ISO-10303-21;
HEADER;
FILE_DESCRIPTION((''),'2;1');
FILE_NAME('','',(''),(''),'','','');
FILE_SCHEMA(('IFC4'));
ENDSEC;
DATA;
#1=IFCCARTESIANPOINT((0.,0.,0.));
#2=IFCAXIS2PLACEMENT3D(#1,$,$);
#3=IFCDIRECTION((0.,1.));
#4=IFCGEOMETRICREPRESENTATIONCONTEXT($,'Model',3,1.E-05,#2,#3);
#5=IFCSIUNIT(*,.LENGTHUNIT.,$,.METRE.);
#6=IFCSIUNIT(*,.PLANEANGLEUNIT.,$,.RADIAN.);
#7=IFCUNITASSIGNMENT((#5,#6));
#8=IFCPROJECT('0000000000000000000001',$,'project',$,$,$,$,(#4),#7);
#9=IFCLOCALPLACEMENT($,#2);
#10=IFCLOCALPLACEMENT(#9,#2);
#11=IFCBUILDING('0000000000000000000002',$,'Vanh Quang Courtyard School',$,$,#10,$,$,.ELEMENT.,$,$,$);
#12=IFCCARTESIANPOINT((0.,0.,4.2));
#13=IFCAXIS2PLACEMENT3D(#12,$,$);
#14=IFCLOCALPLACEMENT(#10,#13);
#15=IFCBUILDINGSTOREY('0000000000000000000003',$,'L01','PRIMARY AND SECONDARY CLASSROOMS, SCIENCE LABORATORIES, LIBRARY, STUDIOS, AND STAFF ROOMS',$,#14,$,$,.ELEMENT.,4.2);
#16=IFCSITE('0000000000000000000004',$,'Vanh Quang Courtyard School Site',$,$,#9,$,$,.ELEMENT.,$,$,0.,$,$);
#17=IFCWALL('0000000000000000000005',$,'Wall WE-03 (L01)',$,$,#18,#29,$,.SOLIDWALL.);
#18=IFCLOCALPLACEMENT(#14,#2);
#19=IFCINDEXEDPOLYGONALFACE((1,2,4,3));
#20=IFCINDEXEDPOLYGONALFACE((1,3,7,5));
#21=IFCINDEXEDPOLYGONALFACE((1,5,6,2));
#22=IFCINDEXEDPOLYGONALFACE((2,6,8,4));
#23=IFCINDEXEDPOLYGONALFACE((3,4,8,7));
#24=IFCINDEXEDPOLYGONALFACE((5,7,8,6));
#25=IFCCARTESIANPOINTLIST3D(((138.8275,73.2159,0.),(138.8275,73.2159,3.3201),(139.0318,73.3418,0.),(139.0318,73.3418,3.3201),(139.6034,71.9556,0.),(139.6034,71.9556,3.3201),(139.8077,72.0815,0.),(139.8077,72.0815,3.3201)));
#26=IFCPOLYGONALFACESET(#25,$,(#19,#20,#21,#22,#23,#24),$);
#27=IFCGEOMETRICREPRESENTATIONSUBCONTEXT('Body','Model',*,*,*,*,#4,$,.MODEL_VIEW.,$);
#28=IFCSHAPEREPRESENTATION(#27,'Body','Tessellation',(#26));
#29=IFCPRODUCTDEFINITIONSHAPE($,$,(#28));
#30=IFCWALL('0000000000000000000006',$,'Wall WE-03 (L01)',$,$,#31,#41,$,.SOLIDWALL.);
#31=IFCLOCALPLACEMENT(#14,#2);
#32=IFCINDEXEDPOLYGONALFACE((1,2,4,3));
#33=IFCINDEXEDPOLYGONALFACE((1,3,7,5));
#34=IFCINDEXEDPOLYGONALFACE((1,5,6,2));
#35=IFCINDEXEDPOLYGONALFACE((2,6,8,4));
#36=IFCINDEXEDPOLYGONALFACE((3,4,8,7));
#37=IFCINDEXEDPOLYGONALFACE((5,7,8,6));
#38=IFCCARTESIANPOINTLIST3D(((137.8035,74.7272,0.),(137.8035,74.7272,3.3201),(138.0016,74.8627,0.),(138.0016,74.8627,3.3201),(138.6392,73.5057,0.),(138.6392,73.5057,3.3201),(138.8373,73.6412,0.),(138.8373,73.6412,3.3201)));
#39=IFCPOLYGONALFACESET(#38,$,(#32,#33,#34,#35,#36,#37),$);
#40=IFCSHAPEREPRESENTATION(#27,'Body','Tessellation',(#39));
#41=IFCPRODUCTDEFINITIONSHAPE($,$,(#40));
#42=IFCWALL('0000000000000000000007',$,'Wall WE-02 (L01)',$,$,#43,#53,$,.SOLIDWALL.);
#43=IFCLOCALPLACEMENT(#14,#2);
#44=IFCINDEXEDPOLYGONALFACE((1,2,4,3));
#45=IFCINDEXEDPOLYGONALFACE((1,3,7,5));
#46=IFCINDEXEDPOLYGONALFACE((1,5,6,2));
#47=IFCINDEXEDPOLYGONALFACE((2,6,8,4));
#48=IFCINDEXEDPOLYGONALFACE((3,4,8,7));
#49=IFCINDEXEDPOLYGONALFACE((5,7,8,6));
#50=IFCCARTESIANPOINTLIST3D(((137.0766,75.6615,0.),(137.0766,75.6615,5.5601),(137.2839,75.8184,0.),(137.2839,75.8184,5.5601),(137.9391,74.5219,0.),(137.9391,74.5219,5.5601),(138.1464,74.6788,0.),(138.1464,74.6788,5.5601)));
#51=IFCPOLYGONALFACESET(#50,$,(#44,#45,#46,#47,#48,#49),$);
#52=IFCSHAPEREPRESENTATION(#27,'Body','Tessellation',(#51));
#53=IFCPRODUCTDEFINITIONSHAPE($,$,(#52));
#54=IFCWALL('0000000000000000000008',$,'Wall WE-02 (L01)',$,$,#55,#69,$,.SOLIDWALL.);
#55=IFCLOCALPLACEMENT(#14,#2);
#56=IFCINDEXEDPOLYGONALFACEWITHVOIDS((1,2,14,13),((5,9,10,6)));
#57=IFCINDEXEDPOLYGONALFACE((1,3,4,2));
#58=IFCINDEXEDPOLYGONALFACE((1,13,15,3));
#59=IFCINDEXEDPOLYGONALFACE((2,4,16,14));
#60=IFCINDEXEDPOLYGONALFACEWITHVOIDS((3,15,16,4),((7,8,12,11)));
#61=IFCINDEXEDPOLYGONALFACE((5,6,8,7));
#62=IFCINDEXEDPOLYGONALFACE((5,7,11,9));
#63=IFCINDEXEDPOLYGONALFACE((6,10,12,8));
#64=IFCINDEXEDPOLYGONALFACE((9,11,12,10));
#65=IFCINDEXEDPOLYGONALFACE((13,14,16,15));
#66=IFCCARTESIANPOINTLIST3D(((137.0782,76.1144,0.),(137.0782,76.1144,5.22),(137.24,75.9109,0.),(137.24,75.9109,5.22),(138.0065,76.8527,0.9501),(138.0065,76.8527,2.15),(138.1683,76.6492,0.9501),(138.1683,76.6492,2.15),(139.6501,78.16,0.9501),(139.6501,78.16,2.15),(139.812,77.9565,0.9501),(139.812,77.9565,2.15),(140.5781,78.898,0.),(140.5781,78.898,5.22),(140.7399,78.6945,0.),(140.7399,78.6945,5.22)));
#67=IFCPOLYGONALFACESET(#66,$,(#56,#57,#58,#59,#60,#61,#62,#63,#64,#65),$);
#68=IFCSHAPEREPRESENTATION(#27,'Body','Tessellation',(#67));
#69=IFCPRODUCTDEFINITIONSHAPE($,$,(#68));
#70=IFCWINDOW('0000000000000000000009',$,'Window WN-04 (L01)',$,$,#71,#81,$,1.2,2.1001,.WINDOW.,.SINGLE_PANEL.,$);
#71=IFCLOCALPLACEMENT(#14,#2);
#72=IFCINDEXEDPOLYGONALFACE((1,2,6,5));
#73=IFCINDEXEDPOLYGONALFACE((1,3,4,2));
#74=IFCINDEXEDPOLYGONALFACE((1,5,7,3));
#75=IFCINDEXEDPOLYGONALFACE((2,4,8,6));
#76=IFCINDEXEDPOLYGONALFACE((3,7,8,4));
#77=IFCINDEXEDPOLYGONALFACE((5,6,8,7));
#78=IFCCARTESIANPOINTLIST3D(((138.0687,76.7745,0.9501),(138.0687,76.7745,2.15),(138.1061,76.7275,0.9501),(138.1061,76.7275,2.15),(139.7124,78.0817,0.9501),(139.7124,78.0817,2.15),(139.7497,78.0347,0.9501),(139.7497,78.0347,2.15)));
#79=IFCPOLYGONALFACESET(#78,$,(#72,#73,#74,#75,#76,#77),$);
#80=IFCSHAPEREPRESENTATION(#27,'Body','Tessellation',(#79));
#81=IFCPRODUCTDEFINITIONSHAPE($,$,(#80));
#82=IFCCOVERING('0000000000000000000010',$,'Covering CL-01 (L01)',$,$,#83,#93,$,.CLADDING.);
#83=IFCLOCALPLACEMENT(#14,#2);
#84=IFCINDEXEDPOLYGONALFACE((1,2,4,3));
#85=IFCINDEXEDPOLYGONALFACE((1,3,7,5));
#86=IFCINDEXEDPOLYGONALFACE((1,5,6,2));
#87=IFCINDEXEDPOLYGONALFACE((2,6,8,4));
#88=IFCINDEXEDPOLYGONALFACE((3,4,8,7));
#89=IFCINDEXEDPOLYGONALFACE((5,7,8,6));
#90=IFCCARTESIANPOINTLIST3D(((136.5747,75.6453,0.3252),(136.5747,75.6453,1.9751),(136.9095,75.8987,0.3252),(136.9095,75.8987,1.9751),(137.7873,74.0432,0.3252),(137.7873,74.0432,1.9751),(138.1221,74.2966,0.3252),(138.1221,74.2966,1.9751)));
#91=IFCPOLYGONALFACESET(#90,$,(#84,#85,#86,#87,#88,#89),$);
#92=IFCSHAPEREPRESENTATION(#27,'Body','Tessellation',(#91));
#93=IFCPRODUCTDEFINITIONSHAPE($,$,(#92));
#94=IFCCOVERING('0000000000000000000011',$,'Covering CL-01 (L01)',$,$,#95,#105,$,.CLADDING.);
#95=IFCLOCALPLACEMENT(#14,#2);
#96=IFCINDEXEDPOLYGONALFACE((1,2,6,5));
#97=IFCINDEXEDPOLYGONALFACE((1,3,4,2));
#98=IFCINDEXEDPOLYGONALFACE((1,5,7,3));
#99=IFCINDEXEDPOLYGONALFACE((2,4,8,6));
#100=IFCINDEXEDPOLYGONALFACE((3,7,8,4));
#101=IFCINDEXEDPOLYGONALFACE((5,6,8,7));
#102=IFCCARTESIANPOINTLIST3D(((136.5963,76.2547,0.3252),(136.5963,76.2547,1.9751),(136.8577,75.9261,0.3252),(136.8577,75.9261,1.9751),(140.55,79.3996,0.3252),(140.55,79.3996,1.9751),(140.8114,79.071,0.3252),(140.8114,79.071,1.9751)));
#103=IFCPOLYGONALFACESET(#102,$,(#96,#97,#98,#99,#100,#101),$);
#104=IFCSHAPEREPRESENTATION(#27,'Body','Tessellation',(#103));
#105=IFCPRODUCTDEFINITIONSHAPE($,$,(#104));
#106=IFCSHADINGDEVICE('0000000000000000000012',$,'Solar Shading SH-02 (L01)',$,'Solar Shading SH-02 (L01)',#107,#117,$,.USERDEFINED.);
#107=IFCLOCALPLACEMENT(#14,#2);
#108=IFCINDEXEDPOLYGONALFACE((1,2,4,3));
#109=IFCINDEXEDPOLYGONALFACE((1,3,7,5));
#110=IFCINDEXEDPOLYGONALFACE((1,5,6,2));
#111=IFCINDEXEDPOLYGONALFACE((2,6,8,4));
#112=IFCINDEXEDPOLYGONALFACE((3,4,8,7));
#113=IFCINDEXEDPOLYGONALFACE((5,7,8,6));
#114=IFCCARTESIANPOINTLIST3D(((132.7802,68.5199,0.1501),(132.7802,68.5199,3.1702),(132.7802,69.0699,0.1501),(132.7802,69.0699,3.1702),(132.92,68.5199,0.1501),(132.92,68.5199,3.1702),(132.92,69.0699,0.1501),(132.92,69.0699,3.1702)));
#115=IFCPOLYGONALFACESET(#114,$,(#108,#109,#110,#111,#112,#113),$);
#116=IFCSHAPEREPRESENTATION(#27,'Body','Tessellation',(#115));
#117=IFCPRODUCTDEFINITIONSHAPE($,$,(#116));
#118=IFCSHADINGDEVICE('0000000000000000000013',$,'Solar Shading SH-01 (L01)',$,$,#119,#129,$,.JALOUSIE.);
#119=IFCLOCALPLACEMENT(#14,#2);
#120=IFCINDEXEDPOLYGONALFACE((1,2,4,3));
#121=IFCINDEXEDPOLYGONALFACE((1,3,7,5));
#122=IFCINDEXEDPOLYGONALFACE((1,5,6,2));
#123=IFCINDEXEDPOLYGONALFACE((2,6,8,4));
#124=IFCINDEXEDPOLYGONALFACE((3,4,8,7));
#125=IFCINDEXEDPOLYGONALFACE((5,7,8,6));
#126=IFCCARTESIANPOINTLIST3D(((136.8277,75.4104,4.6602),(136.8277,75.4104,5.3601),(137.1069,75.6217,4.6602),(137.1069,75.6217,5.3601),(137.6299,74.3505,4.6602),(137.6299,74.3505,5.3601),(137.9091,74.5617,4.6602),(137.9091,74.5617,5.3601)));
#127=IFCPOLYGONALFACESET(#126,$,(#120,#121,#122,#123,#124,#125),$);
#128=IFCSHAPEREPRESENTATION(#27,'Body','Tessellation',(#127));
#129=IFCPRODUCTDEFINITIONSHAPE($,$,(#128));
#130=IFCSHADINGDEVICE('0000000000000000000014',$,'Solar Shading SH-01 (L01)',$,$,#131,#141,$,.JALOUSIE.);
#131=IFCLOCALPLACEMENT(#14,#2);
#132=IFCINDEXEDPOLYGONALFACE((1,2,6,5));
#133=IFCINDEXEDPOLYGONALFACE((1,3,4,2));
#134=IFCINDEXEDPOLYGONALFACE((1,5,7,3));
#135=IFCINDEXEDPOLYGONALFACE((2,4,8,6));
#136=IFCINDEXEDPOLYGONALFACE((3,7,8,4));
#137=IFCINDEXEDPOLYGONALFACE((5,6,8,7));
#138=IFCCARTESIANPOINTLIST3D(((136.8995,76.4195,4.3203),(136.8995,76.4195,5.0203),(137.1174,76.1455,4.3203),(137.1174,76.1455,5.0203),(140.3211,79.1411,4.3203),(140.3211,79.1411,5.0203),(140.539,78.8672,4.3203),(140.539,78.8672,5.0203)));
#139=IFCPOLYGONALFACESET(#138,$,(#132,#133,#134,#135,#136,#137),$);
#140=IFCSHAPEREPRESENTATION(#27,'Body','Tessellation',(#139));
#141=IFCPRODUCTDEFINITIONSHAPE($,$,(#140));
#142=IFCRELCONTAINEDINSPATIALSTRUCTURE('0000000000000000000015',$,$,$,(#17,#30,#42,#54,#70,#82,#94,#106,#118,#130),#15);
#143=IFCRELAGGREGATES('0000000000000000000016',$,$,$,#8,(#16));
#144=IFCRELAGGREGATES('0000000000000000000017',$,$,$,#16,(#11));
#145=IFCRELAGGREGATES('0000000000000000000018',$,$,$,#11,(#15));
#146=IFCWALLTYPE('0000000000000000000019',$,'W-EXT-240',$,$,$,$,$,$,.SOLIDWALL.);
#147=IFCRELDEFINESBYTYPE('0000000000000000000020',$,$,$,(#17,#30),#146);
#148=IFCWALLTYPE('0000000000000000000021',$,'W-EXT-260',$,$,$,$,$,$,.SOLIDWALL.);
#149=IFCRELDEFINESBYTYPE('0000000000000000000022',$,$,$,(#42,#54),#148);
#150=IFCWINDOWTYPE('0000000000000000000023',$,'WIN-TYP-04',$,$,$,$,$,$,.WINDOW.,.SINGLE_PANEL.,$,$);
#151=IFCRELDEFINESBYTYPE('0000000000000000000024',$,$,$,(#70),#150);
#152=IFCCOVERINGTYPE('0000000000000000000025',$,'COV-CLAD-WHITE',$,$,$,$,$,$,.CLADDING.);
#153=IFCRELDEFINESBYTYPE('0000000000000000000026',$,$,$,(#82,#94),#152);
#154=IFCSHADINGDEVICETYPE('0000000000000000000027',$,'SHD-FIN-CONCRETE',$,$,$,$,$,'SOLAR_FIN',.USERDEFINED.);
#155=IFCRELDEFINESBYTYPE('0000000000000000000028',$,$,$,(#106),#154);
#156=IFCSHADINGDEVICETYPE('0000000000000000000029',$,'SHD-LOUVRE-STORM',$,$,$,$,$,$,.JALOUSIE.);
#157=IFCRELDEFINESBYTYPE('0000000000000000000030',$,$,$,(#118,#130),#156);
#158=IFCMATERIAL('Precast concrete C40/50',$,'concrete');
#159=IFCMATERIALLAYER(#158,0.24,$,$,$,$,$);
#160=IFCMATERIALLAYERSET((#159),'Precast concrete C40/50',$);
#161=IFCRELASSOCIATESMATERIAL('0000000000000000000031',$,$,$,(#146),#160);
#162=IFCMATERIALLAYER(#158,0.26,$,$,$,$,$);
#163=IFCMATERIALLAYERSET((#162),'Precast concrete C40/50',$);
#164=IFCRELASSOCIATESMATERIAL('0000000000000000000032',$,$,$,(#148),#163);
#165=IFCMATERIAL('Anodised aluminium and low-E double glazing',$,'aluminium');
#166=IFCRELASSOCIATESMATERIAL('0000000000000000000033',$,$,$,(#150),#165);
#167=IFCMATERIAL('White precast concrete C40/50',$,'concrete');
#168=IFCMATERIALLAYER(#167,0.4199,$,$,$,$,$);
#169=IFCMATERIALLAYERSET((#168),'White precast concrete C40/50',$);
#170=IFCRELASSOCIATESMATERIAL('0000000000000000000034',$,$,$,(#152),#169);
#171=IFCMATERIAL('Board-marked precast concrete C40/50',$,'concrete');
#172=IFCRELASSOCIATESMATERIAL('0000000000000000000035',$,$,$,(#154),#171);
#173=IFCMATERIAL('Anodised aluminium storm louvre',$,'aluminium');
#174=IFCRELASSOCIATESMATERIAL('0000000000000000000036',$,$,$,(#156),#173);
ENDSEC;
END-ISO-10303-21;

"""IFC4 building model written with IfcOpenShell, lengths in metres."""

from ifc_helpers import new_model, si_unit, direction, frame, frame_2d, origin, origin_2d, place, context, subcontext, project, spatial, rectangle, extrude, material, layer, layer_set, type_object, element, fill, save


model = new_model("IFC4")

# Units and contexts
model_context = context("Model", 3, precision=1e-05, world=origin(), true_north=direction((0.0, 1.0)))
body_context = subcontext(model_context, "Body", "Model", "MODEL_VIEW")
ifc_project = project(units=[si_unit("LENGTHUNIT", "METRE"), si_unit("PLANEANGLEUNIT", "RADIAN")], contexts=[model_context])

# Site, building, storey
site_placement = place(None, origin())
site = spatial("IfcSite", under=ifc_project, at=site_placement, Name="Vanh Quang Courtyard School Site", CompositionType="ELEMENT", RefElevation=0.0)
building_placement = place(site_placement, origin())
building = spatial("IfcBuilding", under=site, at=building_placement, Name="Vanh Quang Courtyard School", CompositionType="ELEMENT")
storey_placement = place(building_placement, frame((0.0, 0.0, 4.2)))
storey = spatial("IfcBuildingStorey", under=building, at=storey_placement, Name="L01", Description="PRIMARY AND SECONDARY CLASSROOMS, SCIENCE LABORATORIES, LIBRARY, STUDIOS, AND STAFF ROOMS", CompositionType="ELEMENT", Elevation=4.2)

# Walls
ifc_material_1 = material(Name="Precast concrete C40/50", Category="concrete")
ifc_layer_1 = layer(ifc_material_1, 0.24)
ifc_layer_set_1 = layer_set([ifc_layer_1], Name="Precast concrete C40/50")
wall_type_1 = type_object("IfcWallType", Name="W-EXT-240", PredefinedType="SOLIDWALL", material=ifc_layer_set_1)
for number, where, z_axis, x_axis, name in (
    (1, (139.7056, 72.0186, 0.0), (0.0, 0.0, 1.0), (-0.524263, 0.851556, 0.0), "Wall WE-03 (L01)"),
    (2, (138.7383, 73.5735, 0.0), (0.0, 0.0, 1.0), (-0.564672, 0.825315, 0.0), "Wall WE-03 (L01)"),
):
    element("IfcWall", number, at=place(storey_placement, frame(where, z_axis=z_axis, x_axis=x_axis)), inside=storey, type_object=wall_type_1, Name=name, PredefinedType="SOLIDWALL", context=body_context, shape_type="SweptSolid", body=[
        extrude(rectangle(XDim=1.48, YDim=0.24, at=frame_2d((0.74, 0.0))), origin(), (0.0, 0.0, 1.0), 3.3201),
    ])
ifc_layer_2 = layer(ifc_material_1, 0.26)
ifc_layer_set_2 = layer_set([ifc_layer_2], Name="Precast concrete C40/50")
wall_type_2 = type_object("IfcWallType", Name="W-EXT-260", PredefinedType="SOLIDWALL", material=ifc_layer_set_2)
wall_1_placement = place(storey_placement, frame((138.0427, 74.6003, 0.0), z_axis=(0.0, 0.0, 1.0), x_axis=(-0.603493, 0.797369, 0.0)))
element("IfcWall", 3, at=wall_1_placement, inside=storey, type_object=wall_type_2, Name="Wall WE-02 (L01)", PredefinedType="SOLIDWALL", context=body_context, shape_type="SweptSolid", body=[
    extrude(rectangle(XDim=1.4292, YDim=0.26, at=frame_2d((0.7146, 0.0))), origin(), (0.0, 0.0, 1.0), 5.5601),
])

# Wall, opening, window
wall_2_placement = place(storey_placement, frame((137.1592, 76.0127, 0.0), z_axis=(0.0, 0.0, 1.0), x_axis=(0.782645, 0.622469, 0.0)))
wall_2 = element("IfcWall", 4, at=wall_2_placement, inside=storey, type_object=wall_type_2, Name="Wall WE-02 (L01)", PredefinedType="SOLIDWALL", context=body_context, shape_type="SweptSolid", body=[
    extrude(rectangle(XDim=4.4719, YDim=0.26, at=frame_2d((2.2358, 0.0))), origin(), (0.0, 0.0, 1.0), 5.22),
])
opening_placement = place(wall_2_placement, frame((1.186, 0.0, 0.95)))
opening = element("IfcOpeningElement", 5, at=opening_placement, cuts=wall_2, PredefinedType="OPENING", context=body_context, shape_type="SweptSolid", body=[
    extrude(rectangle(XDim=2.1001, YDim=1.2, at=frame_2d((1.05, 0.6001))), frame((0.0, 0.1401, 0.0), z_axis=(0.0, -1.0, 0.0), x_axis=(1.0, 0.0, 0.0)), (0.0, 0.0, 1.0), 0.28),
])
ifc_material_2 = material(Name="Anodised aluminium and low-E double glazing", Category="aluminium")
window_type = type_object("IfcWindowType", Name="WIN-TYP-04", PartitioningType="SINGLE_PANEL", PredefinedType="WINDOW", material=ifc_material_2)
window_placement = place(opening_placement, origin())
window = element("IfcWindow", 6, at=window_placement, inside=storey, type_object=window_type, Name="Window WN-04 (L01)", OverallHeight=1.2, OverallWidth=2.1001, PartitioningType="SINGLE_PANEL", PredefinedType="WINDOW", context=body_context, shape_type="SweptSolid", body=[
    extrude(rectangle(XDim=2.1001, YDim=1.2, at=frame_2d((1.05, 0.6001))), frame((0.0, 0.03, 0.0), z_axis=(0.0, -1.0, 0.0), x_axis=(1.0, 0.0, 0.0)), (0.0, 0.0, 1.0), 0.0601),
])
fill(opening, window)

# Coverings
ifc_material_3 = material(Name="White precast concrete C40/50", Category="concrete")
ifc_layer_3 = layer(ifc_material_3, 0.4199)
ifc_layer_set_3 = layer_set([ifc_layer_3], Name="White precast concrete C40/50")
covering_type = type_object("IfcCoveringType", Name="COV-CLAD-WHITE", PredefinedType="CLADDING", material=ifc_layer_set_3)
covering_1_placement = place(storey_placement, frame((137.3484, 74.9709, 0.3252), z_axis=(0.0, 0.0, 1.0), x_axis=(-0.603486, 0.797373, 0.0)))
element("IfcCovering", 7, at=covering_1_placement, inside=storey, type_object=covering_type, Name="Covering CL-01 (L01)", PredefinedType="CLADDING", context=body_context, shape_type="SweptSolid", body=[
    extrude(rectangle(XDim=2.0093, YDim=0.4199, at=origin_2d()), origin(), (0.0, 0.0, 1.0), 1.6499),
])
covering_2_placement = place(storey_placement, frame((138.7039, 77.6628, 0.3252), z_axis=(0.0, 0.0, 1.0), x_axis=(0.782608, 0.622515, 0.0)))
element("IfcCovering", 8, at=covering_2_placement, inside=storey, type_object=covering_type, Name="Covering CL-01 (L01)", PredefinedType="CLADDING", context=body_context, shape_type="SweptSolid", body=[
    extrude(rectangle(XDim=5.052, YDim=0.4199, at=origin_2d()), origin(), (0.0, 0.0, 1.0), 1.6499),
])

# Shading devices
ifc_material_4 = material(Name="Board-marked precast concrete C40/50", Category="concrete")
shading_device_type_1 = type_object("IfcShadingDeviceType", Name="SHD-FIN-CONCRETE", ElementType="SOLAR_FIN", PredefinedType="USERDEFINED", material=ifc_material_4)
shading_device_1_placement = place(storey_placement, frame((132.8501, 68.7949, 0.1501), z_axis=(0.0, 0.0, 1.0), x_axis=(1.0, 0.0, 0.0)))
element("IfcShadingDevice", 9, at=shading_device_1_placement, inside=storey, type_object=shading_device_type_1, Name="Solar Shading SH-02 (L01)", ObjectType="Solar Shading SH-02 (L01)", PredefinedType="USERDEFINED", context=body_context, shape_type="SweptSolid", body=[
    extrude(rectangle(XDim=0.1399, YDim=0.55, at=origin_2d()), origin(), (0.0, 0.0, 1.0), 3.02),
])
ifc_material_5 = material(Name="Anodised aluminium storm louvre", Category="aluminium")
shading_device_type_2 = type_object("IfcShadingDeviceType", Name="SHD-LOUVRE-STORM", PredefinedType="JALOUSIE", material=ifc_material_5)
shading_device_2_placement = place(storey_placement, frame((137.3684, 74.9861, 4.6602), z_axis=(0.0, 0.0, 1.0), x_axis=(-0.603486, 0.797373, 0.0)))
element("IfcShadingDevice", 10, at=shading_device_2_placement, inside=storey, type_object=shading_device_type_2, Name="Solar Shading SH-01 (L01)", PredefinedType="JALOUSIE", context=body_context, shape_type="SweptSolid", body=[
    extrude(rectangle(XDim=1.3293, YDim=0.3501, at=origin_2d()), origin(), (0.0, 0.0, 1.0), 0.7),
])
shading_device_3_placement = place(storey_placement, frame((138.7192, 77.6433, 4.3203), z_axis=(0.0, 0.0, 1.0), x_axis=(0.782608, 0.622515, 0.0)))
element("IfcShadingDevice", 11, at=shading_device_3_placement, inside=storey, type_object=shading_device_type_2, Name="Solar Shading SH-01 (L01)", PredefinedType="JALOUSIE", context=body_context, shape_type="SweptSolid", body=[
    extrude(rectangle(XDim=4.3721, YDim=0.3501, at=origin_2d()), origin(), (0.0, 0.0, 1.0), 0.7),
])

save(model, "model.ifc")
